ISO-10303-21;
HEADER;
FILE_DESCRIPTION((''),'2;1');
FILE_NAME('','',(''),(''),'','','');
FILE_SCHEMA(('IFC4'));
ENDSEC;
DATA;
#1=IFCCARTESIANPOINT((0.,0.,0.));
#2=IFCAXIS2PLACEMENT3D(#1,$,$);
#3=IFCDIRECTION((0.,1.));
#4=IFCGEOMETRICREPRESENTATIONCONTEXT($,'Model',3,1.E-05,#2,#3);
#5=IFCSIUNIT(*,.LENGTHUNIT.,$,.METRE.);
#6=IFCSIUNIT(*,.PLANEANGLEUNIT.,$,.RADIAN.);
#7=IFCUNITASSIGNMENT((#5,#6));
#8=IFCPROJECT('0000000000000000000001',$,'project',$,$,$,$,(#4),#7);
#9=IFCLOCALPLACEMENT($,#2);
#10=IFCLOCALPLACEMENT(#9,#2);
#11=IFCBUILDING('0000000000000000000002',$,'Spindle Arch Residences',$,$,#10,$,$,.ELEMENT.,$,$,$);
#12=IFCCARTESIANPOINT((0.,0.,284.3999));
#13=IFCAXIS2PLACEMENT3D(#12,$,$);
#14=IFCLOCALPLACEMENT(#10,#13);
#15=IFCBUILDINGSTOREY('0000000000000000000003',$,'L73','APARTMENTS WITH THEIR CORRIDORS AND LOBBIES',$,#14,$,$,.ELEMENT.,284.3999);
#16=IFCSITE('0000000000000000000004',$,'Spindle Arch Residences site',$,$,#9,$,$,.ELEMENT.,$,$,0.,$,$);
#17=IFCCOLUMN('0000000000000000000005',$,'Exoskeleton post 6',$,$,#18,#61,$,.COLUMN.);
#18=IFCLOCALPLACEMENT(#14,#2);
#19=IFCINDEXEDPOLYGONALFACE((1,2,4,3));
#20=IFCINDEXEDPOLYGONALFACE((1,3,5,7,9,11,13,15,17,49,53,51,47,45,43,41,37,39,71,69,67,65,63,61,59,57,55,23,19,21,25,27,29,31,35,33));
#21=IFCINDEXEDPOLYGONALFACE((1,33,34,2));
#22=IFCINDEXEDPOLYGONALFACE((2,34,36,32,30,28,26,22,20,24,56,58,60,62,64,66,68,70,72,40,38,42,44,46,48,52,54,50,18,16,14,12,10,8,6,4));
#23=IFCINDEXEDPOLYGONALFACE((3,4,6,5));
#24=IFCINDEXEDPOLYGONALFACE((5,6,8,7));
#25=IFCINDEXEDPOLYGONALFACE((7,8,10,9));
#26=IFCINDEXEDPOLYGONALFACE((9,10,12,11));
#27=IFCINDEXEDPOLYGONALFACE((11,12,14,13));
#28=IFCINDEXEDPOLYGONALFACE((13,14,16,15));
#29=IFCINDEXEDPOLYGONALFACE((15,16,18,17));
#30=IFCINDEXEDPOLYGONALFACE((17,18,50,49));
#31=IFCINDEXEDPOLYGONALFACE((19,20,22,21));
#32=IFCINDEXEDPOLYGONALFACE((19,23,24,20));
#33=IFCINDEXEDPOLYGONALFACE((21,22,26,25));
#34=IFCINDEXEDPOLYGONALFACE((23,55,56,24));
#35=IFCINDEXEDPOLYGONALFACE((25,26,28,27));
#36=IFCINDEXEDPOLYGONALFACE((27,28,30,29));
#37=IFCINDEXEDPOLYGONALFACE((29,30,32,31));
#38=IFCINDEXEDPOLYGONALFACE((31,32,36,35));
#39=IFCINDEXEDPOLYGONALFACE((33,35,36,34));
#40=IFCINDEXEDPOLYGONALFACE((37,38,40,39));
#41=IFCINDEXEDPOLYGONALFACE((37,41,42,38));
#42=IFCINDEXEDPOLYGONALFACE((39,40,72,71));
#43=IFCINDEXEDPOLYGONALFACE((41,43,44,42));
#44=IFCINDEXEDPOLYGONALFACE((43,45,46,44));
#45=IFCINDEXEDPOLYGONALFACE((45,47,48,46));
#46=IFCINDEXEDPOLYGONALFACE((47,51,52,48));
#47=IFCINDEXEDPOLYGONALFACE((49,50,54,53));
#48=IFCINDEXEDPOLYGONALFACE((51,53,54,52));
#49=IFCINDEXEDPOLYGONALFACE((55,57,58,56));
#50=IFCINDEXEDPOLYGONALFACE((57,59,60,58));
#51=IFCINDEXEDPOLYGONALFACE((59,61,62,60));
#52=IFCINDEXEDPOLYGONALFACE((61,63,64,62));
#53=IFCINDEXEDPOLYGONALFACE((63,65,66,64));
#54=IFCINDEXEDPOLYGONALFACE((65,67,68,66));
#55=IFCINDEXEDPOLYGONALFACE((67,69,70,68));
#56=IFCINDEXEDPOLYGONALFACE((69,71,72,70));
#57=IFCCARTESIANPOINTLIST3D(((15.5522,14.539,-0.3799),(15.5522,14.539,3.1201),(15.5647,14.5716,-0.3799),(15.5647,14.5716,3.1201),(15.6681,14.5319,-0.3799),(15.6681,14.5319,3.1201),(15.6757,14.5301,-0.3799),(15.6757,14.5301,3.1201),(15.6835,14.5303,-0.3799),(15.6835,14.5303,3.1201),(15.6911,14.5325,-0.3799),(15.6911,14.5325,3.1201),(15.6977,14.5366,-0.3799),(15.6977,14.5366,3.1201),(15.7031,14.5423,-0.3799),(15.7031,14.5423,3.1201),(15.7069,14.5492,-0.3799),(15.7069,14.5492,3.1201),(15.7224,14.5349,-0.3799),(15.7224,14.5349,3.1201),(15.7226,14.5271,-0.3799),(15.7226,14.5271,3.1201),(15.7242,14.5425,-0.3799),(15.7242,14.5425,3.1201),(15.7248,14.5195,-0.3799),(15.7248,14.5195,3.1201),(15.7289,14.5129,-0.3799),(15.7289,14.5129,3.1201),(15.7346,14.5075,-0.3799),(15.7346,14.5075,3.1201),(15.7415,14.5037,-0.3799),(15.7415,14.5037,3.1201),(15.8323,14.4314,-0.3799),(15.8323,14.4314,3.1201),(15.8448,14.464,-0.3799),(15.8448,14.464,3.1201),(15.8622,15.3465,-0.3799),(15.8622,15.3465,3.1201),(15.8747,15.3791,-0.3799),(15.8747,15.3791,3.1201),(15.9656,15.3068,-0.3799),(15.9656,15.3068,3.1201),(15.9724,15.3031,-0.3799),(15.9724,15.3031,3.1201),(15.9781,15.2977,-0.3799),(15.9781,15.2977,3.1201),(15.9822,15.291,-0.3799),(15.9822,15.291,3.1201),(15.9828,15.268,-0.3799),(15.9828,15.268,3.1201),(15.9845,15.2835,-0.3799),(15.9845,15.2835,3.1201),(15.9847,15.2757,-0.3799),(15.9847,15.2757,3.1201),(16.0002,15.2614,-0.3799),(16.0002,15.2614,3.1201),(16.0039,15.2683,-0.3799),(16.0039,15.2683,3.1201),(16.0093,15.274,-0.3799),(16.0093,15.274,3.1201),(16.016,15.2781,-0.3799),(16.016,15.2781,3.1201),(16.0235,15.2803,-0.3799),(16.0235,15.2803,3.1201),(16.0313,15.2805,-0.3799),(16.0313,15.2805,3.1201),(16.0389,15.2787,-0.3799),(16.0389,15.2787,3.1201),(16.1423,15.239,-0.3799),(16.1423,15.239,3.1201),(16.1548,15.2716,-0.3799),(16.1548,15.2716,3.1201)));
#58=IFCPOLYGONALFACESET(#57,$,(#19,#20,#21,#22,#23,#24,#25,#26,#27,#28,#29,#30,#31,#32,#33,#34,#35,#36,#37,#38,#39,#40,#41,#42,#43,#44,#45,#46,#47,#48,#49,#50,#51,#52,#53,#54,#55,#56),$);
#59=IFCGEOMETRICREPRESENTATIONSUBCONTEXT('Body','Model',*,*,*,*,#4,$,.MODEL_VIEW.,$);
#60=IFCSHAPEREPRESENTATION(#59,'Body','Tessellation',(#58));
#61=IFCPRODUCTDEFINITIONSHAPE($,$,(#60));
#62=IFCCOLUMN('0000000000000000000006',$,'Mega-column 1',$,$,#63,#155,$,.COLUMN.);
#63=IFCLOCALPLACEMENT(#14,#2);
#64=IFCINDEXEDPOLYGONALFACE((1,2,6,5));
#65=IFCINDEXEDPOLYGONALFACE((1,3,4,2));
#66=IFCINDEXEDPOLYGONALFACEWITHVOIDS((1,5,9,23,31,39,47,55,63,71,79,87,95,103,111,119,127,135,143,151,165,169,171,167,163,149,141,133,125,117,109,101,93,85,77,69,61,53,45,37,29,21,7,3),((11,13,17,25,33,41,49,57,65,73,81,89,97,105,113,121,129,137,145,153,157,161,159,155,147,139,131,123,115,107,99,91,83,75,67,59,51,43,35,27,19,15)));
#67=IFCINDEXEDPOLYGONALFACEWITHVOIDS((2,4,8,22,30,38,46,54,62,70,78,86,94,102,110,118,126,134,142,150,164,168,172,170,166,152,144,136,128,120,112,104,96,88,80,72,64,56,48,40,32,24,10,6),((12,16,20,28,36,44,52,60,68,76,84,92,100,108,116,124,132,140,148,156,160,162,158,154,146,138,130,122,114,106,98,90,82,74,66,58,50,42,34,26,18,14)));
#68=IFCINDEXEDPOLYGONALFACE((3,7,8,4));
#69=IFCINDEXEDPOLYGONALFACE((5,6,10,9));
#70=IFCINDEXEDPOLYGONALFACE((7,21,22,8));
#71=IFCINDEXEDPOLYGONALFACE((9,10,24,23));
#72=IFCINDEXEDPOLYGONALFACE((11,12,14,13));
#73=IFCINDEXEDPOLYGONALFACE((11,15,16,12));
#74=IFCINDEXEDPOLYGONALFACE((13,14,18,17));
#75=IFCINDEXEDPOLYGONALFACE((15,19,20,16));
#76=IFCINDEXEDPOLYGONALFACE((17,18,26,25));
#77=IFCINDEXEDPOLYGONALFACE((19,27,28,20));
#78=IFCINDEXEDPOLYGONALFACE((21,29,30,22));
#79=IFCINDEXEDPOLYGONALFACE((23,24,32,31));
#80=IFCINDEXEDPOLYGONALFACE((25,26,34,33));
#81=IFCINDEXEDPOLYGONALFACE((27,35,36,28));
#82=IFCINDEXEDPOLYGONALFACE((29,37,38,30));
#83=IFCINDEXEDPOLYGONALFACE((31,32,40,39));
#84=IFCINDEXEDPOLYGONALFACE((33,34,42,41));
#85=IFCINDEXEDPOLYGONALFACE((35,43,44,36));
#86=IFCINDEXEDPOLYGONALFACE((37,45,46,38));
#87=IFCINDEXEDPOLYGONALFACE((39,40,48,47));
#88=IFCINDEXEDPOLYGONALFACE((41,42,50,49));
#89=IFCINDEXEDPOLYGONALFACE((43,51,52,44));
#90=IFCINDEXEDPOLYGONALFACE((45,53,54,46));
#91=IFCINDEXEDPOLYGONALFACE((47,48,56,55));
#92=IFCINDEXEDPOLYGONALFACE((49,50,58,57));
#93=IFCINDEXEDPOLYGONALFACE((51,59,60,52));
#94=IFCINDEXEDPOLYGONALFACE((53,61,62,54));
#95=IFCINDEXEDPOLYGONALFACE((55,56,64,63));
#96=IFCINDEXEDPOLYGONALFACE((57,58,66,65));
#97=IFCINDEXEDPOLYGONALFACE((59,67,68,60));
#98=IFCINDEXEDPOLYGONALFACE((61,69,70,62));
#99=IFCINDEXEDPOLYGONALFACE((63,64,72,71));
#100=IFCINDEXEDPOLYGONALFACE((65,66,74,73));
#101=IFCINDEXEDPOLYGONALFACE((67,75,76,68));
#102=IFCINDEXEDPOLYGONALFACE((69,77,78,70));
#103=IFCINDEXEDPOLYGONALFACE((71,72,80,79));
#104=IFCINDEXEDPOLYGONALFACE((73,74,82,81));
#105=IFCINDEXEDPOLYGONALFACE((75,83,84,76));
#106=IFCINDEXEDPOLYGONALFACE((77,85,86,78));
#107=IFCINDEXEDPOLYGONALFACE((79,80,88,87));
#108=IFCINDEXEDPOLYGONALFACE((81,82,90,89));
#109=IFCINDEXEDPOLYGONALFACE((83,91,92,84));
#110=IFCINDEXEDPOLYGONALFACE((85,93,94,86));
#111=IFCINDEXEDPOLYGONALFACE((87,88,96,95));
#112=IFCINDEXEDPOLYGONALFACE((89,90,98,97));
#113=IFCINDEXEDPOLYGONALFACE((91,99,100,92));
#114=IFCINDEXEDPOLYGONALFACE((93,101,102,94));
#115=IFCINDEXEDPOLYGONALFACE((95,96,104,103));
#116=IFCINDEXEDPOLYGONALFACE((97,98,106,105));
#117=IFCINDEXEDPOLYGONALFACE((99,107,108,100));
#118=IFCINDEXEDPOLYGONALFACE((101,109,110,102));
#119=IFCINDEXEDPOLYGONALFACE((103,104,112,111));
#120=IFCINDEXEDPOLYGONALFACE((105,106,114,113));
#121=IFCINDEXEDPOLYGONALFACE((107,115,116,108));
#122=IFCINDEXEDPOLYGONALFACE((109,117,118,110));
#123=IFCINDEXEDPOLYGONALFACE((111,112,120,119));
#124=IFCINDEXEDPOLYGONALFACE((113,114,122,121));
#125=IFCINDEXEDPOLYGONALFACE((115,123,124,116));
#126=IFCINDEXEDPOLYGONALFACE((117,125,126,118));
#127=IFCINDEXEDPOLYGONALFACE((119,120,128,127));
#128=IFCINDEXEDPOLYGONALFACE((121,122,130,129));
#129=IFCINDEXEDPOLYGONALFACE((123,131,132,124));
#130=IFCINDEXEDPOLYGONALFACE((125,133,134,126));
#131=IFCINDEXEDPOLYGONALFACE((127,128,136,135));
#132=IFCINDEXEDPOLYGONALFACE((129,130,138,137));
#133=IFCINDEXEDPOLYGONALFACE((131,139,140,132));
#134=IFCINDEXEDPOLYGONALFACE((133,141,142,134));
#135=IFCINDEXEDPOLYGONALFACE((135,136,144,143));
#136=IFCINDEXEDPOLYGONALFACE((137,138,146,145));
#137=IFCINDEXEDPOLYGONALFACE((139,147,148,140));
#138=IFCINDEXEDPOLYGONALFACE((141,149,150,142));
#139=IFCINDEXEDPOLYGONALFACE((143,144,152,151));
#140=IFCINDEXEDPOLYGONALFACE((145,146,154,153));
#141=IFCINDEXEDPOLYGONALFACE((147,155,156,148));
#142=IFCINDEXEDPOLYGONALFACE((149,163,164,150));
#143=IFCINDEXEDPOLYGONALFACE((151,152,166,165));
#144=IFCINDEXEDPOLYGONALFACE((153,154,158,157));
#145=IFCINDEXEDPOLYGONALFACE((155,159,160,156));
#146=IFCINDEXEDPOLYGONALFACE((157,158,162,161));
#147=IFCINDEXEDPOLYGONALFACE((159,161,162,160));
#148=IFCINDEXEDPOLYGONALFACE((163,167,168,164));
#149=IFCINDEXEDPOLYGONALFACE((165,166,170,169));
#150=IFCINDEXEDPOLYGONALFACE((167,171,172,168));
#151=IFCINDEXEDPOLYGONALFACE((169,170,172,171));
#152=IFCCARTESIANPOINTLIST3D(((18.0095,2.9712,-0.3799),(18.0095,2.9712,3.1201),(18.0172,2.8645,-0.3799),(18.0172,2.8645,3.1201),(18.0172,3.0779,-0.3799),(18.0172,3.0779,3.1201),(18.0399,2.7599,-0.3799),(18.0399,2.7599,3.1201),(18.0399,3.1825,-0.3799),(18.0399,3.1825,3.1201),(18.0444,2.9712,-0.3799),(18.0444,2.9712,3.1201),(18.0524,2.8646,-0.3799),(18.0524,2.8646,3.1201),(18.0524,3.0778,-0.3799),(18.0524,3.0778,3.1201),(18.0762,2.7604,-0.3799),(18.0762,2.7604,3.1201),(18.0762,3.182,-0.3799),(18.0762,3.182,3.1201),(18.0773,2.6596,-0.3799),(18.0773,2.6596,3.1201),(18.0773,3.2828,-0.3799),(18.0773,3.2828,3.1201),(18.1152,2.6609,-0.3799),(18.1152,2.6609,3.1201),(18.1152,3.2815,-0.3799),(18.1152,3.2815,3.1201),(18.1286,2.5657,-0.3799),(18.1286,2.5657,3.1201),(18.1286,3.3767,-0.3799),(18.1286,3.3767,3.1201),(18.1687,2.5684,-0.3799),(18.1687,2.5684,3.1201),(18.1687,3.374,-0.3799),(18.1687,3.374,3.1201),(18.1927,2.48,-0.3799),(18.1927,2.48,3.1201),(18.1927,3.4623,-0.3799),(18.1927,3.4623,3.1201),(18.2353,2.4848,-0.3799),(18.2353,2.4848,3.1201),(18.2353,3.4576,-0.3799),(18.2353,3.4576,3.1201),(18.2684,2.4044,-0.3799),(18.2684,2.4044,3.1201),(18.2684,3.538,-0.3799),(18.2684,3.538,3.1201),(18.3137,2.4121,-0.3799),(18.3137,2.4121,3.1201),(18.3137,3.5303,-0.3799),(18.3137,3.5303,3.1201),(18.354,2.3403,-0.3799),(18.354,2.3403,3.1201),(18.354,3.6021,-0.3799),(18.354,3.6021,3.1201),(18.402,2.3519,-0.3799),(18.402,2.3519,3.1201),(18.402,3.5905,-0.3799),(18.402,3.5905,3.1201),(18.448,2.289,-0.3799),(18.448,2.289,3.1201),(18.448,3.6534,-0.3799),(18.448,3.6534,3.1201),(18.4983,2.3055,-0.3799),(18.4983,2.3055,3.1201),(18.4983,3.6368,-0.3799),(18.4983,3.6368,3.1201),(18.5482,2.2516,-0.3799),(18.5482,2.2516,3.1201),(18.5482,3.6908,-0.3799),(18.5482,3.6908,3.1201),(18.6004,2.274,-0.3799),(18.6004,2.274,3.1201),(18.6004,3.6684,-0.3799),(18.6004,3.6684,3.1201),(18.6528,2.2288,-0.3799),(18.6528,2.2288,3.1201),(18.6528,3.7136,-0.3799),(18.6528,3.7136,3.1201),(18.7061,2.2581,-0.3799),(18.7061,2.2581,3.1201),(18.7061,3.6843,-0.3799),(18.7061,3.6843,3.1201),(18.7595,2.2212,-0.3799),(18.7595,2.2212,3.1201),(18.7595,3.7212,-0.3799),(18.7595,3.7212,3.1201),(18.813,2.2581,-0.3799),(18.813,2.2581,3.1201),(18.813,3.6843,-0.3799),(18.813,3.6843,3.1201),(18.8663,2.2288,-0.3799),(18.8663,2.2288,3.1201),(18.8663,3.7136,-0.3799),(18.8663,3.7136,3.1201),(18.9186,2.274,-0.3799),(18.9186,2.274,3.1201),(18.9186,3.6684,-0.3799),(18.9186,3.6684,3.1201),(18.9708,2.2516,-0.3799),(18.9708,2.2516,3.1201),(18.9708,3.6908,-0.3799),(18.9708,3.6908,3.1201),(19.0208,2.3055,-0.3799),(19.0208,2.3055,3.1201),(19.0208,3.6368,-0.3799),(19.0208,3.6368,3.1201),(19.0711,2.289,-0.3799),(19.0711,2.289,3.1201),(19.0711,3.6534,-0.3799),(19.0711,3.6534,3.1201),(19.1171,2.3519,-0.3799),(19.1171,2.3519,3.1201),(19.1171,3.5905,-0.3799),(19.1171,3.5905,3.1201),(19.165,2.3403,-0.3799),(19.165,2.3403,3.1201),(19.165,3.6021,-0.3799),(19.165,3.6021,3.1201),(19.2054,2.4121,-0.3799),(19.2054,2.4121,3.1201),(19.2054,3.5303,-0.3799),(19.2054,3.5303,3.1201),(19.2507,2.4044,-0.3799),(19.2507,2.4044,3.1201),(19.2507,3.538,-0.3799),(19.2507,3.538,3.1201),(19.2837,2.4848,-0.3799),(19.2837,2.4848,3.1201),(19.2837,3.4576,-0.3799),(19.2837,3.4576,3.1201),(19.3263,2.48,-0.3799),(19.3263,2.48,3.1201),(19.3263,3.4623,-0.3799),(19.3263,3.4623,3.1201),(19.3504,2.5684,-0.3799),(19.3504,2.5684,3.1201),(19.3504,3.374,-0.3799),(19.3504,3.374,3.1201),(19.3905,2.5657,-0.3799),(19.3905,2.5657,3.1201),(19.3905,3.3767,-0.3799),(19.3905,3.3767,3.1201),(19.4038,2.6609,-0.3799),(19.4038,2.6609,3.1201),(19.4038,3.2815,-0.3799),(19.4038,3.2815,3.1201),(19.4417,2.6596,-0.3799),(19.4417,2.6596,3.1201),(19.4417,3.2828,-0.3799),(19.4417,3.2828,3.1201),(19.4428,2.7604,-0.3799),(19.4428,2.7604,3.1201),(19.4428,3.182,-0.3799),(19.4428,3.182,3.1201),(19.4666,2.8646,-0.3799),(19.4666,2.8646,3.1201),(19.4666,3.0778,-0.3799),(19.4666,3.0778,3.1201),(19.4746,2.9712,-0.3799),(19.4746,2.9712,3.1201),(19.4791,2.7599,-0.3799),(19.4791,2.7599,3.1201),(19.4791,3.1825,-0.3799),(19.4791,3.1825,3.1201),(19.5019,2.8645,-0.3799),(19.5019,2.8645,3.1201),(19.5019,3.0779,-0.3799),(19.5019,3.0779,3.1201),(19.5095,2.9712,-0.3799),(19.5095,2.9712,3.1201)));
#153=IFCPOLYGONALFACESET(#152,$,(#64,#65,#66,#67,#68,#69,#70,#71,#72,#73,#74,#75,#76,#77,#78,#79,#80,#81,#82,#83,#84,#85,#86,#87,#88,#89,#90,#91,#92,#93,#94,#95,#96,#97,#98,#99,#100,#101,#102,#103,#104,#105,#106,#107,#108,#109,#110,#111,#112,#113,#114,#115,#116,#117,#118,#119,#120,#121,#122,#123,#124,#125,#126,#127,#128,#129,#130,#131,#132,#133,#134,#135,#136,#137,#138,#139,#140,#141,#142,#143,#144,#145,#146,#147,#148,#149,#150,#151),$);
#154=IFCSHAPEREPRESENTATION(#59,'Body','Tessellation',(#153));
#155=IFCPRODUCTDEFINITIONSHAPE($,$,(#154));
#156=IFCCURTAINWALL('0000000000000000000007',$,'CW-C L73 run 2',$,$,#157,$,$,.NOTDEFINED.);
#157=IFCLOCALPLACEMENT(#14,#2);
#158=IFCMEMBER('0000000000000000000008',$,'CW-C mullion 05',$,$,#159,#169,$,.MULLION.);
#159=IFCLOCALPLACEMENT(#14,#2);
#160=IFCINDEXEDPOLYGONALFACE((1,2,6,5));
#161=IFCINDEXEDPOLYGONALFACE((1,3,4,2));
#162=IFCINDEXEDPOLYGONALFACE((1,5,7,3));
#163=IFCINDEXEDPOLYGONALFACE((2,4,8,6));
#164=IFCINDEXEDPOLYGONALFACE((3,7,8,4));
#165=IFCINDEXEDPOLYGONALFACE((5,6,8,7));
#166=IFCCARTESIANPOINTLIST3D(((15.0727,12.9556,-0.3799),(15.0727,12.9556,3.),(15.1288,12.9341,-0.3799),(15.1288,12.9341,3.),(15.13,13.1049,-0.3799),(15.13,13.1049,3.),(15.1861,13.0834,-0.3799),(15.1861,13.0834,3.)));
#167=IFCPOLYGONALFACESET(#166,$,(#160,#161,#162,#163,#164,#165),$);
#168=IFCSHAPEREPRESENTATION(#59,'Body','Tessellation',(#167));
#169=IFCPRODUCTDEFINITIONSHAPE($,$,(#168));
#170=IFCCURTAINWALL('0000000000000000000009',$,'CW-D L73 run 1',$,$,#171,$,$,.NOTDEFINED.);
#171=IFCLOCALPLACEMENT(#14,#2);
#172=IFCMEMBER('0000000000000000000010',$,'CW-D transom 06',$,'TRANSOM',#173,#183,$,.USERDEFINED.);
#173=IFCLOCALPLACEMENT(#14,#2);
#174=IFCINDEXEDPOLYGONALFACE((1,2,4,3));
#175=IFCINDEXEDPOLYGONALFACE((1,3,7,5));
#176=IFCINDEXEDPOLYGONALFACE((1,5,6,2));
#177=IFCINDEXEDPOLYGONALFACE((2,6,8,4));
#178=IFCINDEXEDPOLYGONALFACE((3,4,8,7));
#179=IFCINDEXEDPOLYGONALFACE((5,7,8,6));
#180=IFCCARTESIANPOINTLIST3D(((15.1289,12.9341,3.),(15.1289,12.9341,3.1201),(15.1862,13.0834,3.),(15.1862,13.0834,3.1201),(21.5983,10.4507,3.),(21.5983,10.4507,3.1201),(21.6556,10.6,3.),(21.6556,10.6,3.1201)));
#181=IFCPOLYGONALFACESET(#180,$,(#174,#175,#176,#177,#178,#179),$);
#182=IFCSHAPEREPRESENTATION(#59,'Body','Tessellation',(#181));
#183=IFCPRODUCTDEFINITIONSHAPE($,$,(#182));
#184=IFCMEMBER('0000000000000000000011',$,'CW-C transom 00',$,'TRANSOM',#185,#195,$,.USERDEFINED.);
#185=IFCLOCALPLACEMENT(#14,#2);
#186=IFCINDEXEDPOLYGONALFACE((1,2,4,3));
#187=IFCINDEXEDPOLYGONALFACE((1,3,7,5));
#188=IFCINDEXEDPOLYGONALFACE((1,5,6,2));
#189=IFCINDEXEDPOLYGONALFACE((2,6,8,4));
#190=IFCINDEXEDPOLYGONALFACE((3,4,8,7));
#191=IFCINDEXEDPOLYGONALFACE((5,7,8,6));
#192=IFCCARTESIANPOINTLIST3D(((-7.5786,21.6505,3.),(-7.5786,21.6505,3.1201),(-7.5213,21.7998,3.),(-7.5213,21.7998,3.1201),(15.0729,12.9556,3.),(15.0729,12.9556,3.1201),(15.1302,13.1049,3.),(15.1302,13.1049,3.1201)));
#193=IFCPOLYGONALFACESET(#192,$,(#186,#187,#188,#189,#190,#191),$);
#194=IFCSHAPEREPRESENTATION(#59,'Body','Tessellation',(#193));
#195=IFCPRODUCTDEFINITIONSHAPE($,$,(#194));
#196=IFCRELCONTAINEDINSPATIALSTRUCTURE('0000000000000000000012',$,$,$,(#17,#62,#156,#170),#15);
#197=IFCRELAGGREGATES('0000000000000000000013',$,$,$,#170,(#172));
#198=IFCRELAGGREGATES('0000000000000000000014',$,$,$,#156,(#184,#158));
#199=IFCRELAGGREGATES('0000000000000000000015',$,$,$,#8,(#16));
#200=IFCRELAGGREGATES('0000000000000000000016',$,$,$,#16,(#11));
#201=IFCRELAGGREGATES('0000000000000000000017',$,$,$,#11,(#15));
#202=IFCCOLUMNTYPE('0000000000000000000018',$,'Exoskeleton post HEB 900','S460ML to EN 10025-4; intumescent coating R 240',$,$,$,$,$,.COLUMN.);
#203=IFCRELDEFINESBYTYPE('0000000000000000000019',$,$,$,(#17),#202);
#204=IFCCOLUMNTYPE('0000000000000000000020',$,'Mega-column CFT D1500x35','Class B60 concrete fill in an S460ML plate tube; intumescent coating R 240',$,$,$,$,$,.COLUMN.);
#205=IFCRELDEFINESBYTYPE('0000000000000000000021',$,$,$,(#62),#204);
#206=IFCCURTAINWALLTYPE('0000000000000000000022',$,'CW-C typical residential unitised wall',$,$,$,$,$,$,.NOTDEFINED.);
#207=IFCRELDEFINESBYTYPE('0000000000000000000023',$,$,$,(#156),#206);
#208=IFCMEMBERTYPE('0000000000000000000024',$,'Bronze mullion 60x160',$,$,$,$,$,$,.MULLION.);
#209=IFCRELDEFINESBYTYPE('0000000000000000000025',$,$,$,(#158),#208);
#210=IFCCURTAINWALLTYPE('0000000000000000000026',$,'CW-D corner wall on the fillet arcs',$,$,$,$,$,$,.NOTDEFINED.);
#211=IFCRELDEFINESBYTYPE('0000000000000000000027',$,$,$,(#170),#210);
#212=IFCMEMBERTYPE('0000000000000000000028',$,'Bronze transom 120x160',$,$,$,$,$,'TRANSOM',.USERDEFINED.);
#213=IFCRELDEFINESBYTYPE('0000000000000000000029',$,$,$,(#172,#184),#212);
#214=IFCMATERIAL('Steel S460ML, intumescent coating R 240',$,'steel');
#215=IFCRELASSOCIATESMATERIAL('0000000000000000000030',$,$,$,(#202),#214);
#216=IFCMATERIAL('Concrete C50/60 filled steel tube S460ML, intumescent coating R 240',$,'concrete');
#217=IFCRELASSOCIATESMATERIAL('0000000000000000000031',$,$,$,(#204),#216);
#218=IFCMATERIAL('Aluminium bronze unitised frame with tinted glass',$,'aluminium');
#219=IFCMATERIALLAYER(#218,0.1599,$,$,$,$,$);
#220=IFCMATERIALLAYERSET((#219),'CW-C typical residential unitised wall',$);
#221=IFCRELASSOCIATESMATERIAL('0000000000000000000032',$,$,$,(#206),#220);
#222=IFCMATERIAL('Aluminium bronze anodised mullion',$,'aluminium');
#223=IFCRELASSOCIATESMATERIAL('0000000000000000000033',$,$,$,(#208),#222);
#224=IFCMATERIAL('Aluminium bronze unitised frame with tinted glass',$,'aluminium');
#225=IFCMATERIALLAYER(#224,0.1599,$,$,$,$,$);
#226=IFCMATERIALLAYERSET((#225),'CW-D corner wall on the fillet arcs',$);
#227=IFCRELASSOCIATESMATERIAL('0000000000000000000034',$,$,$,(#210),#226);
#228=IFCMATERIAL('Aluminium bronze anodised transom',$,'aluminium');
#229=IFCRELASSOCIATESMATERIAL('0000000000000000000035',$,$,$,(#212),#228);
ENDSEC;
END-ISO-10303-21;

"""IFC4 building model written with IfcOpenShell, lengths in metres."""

from ifc_helpers import new_model, si_unit, direction, frame, origin, origin_2d, place, context, subcontext, project, spatial, rectangle, hollow_circle, i_section, extrude, material, layer, layer_set, material_profile, profile_set, type_object, element, aggregate, save


model = new_model("IFC4")

# Units and contexts
model_context = context("Model", 3, precision=1e-05, world=origin(), true_north=direction((0.0, 1.0)))
body_context = subcontext(model_context, "Body", "Model", "MODEL_VIEW")
ifc_project = project(units=[si_unit("LENGTHUNIT", "METRE"), si_unit("PLANEANGLEUNIT", "RADIAN")], contexts=[model_context])

# Site, building, storey
site_placement = place(None, origin())
site = spatial("IfcSite", under=ifc_project, at=site_placement, Name="Spindle Arch Residences site", CompositionType="ELEMENT", RefElevation=0.0)
building_placement = place(site_placement, origin())
building = spatial("IfcBuilding", under=site, at=building_placement, Name="Spindle Arch Residences", CompositionType="ELEMENT")
storey_placement = place(building_placement, frame((0.0, 0.0, 284.3999)))
storey = spatial("IfcBuildingStorey", under=building, at=storey_placement, Name="L73", Description="APARTMENTS WITH THEIR CORRIDORS AND LOBBIES", CompositionType="ELEMENT", Elevation=284.3999)

# Columns
ifc_material_1 = material(Name="Steel S460ML, intumescent coating R 240", Category="steel")
ifc_material_profile_1 = material_profile(ifc_material_1, i_section(OverallWidth=0.3, OverallDepth=0.8999, WebThickness=0.0186, FlangeThickness=0.0349, FilletRadius=0.03, at=origin_2d()), Name="HEB 900")
ifc_profile_set_1 = profile_set([ifc_material_profile_1], Name="Steel S460ML, intumescent coating R 240")
column_type_1 = type_object("IfcColumnType", Name="Exoskeleton post HEB 900", Description="S460ML to EN 10025-4; intumescent coating R 240", PredefinedType="COLUMN", material=ifc_profile_set_1)
column_1_placement = place(storey_placement, frame((15.8535, 14.9053, -0.3799), z_axis=(0.0, 0.0, 1.0), x_axis=(0.93358, -0.358368, 0.0)))
element("IfcColumn", 1, at=column_1_placement, inside=storey, type_object=column_type_1, Name="Exoskeleton post 6", PredefinedType="COLUMN", context=body_context, shape_type="SweptSolid", body=[
    extrude(i_section(OverallWidth=0.3, OverallDepth=0.8999, WebThickness=0.0186, FlangeThickness=0.0349, FilletRadius=0.03, at=origin_2d()), origin(), (0.0, 0.0, 1.0), 3.5),
])
ifc_material_2 = material(Name="Concrete C50/60 filled steel tube S460ML, intumescent coating R 240", Category="concrete")
ifc_material_profile_2 = material_profile(ifc_material_2, hollow_circle(Radius=0.75, WallThickness=0.0349, at=origin_2d()), Name="CFT D1500x35")
ifc_profile_set_2 = profile_set([ifc_material_profile_2], Name="Concrete C50/60 filled steel tube S460ML, intumescent coating R 240")
column_type_2 = type_object("IfcColumnType", Name="Mega-column CFT D1500x35", Description="Class B60 concrete fill in an S460ML plate tube; intumescent coating R 240", PredefinedType="COLUMN", material=ifc_profile_set_2)
column_2_placement = place(storey_placement, frame((18.7595, 2.9712, -0.3799), z_axis=(0.0, 0.0, 1.0), x_axis=(1.0, 0.0, 0.0)))
element("IfcColumn", 2, at=column_2_placement, inside=storey, type_object=column_type_2, Name="Mega-column 1", PredefinedType="COLUMN", context=body_context, shape_type="SweptSolid", body=[
    extrude(hollow_circle(Radius=0.75, WallThickness=0.0349, at=origin_2d()), origin(), (0.0, 0.0, 1.0), 3.5),
])

# Curtain walls, members
ifc_material_3 = material(Name="Aluminium bronze unitised frame with tinted glass", Category="aluminium")
ifc_layer_1 = layer(ifc_material_3, 0.1599)
ifc_layer_set_1 = layer_set([ifc_layer_1], Name="CW-C typical residential unitised wall")
curtain_wall_type_1 = type_object("IfcCurtainWallType", Name="CW-C typical residential unitised wall", PredefinedType="NOTDEFINED", material=ifc_layer_set_1)
curtain_wall_1_placement = place(storey_placement, origin())
curtain_wall_1 = element("IfcCurtainWall", 3, at=curtain_wall_1_placement, inside=storey, type_object=curtain_wall_type_1, Name="CW-C L73 run 2", PredefinedType="NOTDEFINED")
ifc_material_4 = material(Name="Aluminium bronze anodised mullion", Category="aluminium")
ifc_material_profile_3 = material_profile(ifc_material_4, rectangle(XDim=0.1599, YDim=0.0601, at=origin_2d()), Name="MU 60x160")
ifc_profile_set_3 = profile_set([ifc_material_profile_3], Name="Aluminium bronze anodised mullion")
member_type_1 = type_object("IfcMemberType", Name="Bronze mullion 60x160", PredefinedType="MULLION", material=ifc_profile_set_3)
member_1_placement = place(storey_placement, frame((15.1294, 13.0195, -0.3799), z_axis=(0.0, 0.0, 1.0), x_axis=(-0.358368, -0.93358, 0.0)))
member_1 = element("IfcMember", 4, at=member_1_placement, type_object=member_type_1, Name="CW-C mullion 05", PredefinedType="MULLION", context=body_context, shape_type="SweptSolid", body=[
    extrude(rectangle(XDim=0.1599, YDim=0.0601, at=origin_2d()), origin(), (0.0, 0.0, 1.0), 3.3799),
])
ifc_material_5 = material(Name="Aluminium bronze unitised frame with tinted glass", Category="aluminium")
ifc_layer_2 = layer(ifc_material_5, 0.1599)
ifc_layer_set_2 = layer_set([ifc_layer_2], Name="CW-D corner wall on the fillet arcs")
curtain_wall_type_2 = type_object("IfcCurtainWallType", Name="CW-D corner wall on the fillet arcs", PredefinedType="NOTDEFINED", material=ifc_layer_set_2)
curtain_wall_2_placement = place(storey_placement, origin())
curtain_wall_2 = element("IfcCurtainWall", 5, at=curtain_wall_2_placement, inside=storey, type_object=curtain_wall_type_2, Name="CW-D L73 run 1", PredefinedType="NOTDEFINED")
ifc_material_6 = material(Name="Aluminium bronze anodised transom", Category="aluminium")
ifc_material_profile_4 = material_profile(ifc_material_6, rectangle(XDim=0.1599, YDim=0.1201, at=origin_2d()), Name="TR 120x160")
ifc_profile_set_4 = profile_set([ifc_material_profile_4], Name="Aluminium bronze anodised transom")
member_type_2 = type_object("IfcMemberType", Name="Bronze transom 120x160", ElementType="TRANSOM", PredefinedType="USERDEFINED", material=ifc_profile_set_4)
member_2_placement = place(storey_placement, frame((21.627, 10.5254, 3.0601), z_axis=(-0.933581, 0.358368, 0.0), x_axis=(-0.358368, -0.933581, 0.0)))
member_2 = element("IfcMember", 6, at=member_2_placement, type_object=member_type_2, Name="CW-D transom 06", ObjectType="TRANSOM", PredefinedType="USERDEFINED", context=body_context, shape_type="SweptSolid", body=[
    extrude(rectangle(XDim=0.1599, YDim=0.1201, at=origin_2d()), origin(), (0.0, 0.0, 1.0), 6.9297),
])

# Member
member_3_placement = place(storey_placement, frame((15.1016, 13.0303, 3.0601), z_axis=(-0.933583, 0.35836, 0.0), x_axis=(-0.35836, -0.933583, 0.0)))
member_3 = element("IfcMember", 7, at=member_3_placement, type_object=member_type_2, Name="CW-C transom 00", ObjectType="TRANSOM", PredefinedType="USERDEFINED", context=body_context, shape_type="SweptSolid", body=[
    extrude(rectangle(XDim=0.1599, YDim=0.1201, at=origin_2d()), origin(), (0.0, 0.0, 1.0), 24.2629),
])

aggregate(curtain_wall_2, [member_2])
aggregate(curtain_wall_1, [member_3, member_1])

save(model, "model.ifc")
